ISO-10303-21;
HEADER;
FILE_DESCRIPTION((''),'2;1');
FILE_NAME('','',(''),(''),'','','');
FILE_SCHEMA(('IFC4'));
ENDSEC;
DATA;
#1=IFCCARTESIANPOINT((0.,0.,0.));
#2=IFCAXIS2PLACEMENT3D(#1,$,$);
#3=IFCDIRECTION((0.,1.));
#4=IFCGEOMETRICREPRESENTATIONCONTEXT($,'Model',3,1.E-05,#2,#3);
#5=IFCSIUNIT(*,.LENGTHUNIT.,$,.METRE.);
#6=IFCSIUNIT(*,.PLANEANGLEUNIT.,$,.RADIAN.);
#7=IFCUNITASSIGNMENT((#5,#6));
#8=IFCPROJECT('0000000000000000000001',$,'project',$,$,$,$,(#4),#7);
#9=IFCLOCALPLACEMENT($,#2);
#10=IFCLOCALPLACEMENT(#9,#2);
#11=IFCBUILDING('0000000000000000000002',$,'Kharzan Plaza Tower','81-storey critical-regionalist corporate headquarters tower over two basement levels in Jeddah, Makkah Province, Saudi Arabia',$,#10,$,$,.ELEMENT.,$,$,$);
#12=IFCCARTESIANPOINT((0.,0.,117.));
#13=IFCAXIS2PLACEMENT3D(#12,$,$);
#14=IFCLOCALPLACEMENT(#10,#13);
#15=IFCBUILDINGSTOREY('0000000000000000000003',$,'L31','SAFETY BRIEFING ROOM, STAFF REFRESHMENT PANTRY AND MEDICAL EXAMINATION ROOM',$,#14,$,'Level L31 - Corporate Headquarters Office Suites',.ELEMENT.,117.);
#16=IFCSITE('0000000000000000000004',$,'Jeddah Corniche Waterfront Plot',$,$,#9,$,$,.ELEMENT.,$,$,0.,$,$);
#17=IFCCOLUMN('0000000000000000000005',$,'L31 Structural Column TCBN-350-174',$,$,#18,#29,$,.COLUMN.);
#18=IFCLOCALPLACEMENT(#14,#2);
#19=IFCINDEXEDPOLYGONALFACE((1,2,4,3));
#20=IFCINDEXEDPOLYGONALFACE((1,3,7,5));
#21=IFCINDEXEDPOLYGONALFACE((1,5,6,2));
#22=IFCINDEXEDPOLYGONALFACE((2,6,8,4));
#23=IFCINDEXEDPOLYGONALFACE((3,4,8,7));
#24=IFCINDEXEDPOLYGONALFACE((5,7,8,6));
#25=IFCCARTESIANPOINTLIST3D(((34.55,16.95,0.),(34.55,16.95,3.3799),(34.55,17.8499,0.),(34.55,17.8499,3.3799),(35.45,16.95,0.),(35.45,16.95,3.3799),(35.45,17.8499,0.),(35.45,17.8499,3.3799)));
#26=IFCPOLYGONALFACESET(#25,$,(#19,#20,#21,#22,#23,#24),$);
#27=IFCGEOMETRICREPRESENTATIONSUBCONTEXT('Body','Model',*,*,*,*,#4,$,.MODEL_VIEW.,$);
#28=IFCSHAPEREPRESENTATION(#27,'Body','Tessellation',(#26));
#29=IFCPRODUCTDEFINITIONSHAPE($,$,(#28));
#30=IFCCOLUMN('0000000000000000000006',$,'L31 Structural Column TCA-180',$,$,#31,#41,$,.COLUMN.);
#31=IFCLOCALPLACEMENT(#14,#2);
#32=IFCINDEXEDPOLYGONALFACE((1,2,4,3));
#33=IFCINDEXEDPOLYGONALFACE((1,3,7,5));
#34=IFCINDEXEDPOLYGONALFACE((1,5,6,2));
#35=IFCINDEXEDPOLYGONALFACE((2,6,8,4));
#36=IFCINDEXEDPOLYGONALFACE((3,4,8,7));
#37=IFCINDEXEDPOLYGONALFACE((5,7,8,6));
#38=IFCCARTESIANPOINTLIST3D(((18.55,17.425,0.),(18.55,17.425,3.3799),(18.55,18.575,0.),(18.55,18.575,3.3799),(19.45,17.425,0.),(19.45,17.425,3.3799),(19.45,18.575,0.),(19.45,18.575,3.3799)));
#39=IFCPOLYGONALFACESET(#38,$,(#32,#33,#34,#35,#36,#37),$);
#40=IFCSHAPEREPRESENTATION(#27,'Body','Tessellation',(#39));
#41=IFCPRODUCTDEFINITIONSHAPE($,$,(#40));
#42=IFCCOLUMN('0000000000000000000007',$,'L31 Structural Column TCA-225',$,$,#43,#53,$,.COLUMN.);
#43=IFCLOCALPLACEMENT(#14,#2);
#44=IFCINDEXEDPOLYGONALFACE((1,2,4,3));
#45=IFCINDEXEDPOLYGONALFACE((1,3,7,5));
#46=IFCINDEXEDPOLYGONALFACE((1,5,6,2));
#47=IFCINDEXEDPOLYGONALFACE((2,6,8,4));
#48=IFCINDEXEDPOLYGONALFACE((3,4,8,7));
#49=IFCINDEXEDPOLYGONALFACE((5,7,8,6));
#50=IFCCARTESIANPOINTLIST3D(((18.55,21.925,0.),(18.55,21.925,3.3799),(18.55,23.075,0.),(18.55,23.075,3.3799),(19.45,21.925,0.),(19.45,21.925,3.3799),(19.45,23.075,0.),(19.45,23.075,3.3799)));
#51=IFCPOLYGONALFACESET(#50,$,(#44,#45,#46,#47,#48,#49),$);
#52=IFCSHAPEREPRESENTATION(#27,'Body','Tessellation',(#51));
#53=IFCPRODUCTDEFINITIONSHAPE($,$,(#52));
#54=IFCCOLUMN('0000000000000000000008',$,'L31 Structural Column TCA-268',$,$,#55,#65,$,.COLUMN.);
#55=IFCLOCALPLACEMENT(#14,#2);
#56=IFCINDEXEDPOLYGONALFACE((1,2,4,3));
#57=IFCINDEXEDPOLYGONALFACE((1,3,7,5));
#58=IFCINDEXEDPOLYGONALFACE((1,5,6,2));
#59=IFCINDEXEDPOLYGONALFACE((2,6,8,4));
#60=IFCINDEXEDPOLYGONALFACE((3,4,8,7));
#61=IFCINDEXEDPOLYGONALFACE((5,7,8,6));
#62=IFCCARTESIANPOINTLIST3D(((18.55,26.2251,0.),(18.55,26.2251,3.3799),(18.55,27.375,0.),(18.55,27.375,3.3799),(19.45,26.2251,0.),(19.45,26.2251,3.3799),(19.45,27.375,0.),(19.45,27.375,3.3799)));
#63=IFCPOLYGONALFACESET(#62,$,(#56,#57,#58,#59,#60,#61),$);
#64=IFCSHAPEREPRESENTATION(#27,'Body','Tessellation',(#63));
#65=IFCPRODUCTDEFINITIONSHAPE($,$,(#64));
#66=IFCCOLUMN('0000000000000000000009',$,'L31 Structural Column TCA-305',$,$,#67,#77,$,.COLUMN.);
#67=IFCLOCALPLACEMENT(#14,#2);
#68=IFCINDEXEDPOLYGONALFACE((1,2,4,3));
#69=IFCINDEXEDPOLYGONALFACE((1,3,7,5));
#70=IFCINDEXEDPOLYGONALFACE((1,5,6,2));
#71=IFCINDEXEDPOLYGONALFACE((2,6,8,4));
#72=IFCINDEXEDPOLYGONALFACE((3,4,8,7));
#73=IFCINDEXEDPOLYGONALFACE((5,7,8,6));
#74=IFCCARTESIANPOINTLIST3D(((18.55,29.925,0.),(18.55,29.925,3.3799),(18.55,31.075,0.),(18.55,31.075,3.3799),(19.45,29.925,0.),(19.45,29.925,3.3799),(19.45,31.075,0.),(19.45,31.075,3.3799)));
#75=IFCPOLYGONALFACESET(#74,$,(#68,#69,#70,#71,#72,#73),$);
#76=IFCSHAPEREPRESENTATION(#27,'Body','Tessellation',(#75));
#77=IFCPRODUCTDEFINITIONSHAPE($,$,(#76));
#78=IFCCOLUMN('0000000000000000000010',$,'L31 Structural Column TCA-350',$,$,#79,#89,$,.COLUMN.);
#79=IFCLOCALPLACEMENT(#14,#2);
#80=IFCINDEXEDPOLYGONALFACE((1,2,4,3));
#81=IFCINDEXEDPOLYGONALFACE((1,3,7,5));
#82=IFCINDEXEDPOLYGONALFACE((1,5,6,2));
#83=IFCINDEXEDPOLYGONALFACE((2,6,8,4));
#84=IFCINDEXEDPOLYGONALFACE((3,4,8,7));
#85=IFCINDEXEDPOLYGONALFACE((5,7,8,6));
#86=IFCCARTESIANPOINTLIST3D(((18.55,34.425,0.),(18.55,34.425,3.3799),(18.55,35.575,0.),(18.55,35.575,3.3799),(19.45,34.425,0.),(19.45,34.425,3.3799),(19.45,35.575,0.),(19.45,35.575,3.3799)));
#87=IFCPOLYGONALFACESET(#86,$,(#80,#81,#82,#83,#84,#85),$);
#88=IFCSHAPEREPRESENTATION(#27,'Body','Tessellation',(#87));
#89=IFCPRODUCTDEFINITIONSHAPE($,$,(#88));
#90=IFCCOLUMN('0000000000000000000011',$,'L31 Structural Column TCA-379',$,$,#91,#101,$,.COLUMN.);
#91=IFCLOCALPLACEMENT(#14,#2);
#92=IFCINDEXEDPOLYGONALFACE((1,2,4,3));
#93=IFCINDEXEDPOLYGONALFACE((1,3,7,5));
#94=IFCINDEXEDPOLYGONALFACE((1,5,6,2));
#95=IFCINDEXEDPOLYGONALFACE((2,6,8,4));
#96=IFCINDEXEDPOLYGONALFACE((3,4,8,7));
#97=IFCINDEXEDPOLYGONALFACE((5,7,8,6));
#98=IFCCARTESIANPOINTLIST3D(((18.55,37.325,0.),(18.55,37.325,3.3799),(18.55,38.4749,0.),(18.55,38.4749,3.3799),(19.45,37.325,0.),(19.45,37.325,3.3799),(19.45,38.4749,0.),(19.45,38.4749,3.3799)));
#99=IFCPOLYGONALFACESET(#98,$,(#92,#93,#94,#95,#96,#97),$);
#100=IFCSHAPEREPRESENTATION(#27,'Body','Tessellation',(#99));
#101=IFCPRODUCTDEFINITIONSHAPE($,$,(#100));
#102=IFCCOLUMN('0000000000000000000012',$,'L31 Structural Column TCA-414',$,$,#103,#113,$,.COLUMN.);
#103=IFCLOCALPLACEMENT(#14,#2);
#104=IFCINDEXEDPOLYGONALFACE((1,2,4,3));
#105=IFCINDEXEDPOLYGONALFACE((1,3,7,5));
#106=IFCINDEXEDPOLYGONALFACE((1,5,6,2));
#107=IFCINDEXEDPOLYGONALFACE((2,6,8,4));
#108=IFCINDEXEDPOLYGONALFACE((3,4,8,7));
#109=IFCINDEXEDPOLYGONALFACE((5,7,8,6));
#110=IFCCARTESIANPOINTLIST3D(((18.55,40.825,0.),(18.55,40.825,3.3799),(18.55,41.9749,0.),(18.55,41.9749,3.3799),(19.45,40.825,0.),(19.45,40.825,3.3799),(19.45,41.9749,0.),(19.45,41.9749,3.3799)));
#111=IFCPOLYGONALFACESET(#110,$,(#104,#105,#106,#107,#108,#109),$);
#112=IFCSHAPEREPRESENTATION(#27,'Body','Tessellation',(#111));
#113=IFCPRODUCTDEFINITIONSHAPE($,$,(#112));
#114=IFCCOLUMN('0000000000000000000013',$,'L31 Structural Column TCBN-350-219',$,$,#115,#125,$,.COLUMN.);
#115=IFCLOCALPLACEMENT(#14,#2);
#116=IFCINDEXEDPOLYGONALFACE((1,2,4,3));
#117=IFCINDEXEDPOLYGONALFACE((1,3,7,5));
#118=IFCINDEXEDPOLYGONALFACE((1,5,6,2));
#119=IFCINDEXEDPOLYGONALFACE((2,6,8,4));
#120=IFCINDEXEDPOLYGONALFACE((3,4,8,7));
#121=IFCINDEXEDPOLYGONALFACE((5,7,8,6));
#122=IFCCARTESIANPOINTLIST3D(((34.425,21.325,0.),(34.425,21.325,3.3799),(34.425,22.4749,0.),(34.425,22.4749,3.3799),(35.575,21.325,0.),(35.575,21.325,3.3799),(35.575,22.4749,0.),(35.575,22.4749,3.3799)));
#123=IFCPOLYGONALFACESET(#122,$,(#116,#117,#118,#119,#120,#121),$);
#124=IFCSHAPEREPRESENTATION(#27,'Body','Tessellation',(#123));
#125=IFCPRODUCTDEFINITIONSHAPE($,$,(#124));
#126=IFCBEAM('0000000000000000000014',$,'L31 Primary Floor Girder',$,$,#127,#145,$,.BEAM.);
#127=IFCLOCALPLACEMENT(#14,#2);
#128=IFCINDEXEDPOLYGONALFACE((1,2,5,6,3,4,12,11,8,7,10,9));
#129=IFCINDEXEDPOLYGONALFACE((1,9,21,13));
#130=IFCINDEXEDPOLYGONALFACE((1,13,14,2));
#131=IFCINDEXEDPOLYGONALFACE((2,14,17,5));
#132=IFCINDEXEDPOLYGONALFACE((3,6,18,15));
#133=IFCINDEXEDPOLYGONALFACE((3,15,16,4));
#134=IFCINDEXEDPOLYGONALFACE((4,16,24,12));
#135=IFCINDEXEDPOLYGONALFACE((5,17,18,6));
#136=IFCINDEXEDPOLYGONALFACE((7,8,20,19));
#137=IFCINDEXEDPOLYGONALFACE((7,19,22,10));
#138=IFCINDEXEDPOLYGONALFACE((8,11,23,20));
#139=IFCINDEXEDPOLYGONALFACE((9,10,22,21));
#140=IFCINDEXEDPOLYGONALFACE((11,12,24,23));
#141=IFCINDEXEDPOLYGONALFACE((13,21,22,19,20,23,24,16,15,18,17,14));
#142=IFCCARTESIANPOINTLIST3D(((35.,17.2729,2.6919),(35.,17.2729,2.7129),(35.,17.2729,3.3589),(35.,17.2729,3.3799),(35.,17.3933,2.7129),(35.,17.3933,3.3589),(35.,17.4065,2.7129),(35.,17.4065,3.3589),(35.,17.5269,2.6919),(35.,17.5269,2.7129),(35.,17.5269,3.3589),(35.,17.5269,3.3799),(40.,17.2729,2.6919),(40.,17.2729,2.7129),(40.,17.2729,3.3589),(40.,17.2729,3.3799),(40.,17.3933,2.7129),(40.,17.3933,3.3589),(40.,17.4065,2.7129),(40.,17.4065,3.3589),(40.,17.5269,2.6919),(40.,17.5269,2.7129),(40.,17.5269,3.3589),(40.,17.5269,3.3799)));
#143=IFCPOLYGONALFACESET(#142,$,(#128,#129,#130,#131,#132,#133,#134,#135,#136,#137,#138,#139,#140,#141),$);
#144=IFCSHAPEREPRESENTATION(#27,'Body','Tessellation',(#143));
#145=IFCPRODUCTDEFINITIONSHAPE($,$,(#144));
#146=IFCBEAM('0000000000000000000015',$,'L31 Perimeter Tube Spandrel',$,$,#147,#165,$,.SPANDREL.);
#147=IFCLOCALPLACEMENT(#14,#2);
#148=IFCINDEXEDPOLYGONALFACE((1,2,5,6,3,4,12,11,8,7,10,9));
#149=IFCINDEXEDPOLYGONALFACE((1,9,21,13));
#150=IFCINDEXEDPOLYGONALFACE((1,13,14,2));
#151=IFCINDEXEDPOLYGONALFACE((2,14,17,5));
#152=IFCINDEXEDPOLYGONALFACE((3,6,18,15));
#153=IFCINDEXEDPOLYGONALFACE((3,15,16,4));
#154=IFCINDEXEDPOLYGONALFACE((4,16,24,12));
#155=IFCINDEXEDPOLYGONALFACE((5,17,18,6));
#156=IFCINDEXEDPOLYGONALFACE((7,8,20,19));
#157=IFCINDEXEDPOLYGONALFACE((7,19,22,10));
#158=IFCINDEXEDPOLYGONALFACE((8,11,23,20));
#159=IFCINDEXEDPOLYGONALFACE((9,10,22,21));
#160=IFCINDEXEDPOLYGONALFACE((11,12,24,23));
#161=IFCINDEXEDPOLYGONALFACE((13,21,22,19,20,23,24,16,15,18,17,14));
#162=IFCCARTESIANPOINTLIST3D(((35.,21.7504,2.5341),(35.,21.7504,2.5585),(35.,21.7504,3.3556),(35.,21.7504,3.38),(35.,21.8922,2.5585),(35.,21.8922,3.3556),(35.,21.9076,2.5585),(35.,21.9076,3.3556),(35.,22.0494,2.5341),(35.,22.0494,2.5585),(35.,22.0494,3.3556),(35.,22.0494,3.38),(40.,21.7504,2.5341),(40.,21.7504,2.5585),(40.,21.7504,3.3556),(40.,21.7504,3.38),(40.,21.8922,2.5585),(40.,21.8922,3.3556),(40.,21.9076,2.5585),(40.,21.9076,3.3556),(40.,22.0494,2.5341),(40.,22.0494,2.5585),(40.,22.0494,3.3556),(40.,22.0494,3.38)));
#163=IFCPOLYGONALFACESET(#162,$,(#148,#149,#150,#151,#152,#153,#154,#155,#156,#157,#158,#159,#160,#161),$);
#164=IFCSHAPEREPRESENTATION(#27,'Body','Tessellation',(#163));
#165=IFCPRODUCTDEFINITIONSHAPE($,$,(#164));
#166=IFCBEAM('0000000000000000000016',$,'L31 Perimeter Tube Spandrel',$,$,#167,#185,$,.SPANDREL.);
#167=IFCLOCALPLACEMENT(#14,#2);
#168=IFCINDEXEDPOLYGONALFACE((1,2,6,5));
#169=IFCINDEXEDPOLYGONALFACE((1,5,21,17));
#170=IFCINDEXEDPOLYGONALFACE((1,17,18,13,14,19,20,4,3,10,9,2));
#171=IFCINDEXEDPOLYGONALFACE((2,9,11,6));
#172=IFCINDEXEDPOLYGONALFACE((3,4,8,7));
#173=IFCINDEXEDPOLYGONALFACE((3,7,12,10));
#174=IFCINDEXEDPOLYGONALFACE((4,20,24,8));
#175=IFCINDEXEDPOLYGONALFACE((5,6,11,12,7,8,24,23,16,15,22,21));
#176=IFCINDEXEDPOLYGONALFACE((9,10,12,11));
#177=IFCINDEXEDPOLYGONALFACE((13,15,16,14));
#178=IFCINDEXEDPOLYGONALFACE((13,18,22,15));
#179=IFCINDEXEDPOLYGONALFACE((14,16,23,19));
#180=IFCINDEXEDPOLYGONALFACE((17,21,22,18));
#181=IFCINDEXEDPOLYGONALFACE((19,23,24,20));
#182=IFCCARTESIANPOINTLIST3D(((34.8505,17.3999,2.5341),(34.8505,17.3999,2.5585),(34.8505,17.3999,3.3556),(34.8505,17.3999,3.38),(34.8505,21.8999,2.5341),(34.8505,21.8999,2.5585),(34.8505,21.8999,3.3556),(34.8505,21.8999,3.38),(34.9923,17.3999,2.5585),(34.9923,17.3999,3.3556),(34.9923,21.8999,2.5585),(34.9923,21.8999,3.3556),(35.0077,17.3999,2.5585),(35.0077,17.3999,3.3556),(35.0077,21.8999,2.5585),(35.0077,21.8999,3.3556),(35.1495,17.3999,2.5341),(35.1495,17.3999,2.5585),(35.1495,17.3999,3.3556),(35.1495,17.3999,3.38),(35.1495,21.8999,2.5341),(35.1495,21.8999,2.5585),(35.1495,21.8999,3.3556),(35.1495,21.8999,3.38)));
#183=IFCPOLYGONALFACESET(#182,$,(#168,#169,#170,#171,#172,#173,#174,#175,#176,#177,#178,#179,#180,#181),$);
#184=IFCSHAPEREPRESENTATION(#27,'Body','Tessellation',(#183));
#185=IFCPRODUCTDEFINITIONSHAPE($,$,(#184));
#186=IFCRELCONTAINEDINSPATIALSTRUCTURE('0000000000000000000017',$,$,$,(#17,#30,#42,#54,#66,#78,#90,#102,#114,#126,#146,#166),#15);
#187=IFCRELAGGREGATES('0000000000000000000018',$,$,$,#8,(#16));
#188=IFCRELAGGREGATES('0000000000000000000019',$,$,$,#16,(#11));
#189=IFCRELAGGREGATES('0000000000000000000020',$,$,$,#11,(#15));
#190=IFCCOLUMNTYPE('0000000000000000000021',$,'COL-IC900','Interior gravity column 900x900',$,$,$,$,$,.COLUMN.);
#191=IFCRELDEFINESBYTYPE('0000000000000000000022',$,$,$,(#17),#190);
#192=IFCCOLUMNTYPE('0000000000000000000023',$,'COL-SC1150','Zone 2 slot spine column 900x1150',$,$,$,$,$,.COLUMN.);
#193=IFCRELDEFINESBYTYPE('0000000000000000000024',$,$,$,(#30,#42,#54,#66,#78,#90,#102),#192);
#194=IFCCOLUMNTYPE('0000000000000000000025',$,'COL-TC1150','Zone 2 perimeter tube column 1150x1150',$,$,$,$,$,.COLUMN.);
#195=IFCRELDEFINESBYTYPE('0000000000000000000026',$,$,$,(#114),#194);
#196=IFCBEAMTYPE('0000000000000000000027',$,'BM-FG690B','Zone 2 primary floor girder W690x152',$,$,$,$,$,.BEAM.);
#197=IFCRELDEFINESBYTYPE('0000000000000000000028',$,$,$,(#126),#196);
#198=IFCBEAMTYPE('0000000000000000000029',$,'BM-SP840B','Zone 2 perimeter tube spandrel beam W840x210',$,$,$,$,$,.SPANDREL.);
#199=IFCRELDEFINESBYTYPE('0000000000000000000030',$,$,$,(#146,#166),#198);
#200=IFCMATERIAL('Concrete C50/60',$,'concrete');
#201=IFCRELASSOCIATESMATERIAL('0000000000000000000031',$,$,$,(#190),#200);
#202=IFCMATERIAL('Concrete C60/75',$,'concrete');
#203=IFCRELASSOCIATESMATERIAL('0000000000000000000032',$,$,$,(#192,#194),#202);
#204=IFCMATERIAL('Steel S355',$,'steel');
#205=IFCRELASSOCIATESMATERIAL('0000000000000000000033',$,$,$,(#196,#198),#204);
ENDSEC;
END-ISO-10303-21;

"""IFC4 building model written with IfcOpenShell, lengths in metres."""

from ifc_helpers import new_model, si_unit, direction, frame, origin, origin_2d, place, context, subcontext, project, spatial, rectangle, i_section, extrude, source, transform, mapped, material, material_profile, profile_set, type_object, element, save


model = new_model("IFC4")

# Units and contexts
model_context = context("Model", 3, precision=1e-05, world=origin(), true_north=direction((0.0, 1.0)))
body_context = subcontext(model_context, "Body", "Model", "MODEL_VIEW")
ifc_project = project(units=[si_unit("LENGTHUNIT", "METRE"), si_unit("PLANEANGLEUNIT", "RADIAN")], contexts=[model_context])

# Site, building, storey
site_placement = place(None, origin())
site = spatial("IfcSite", under=ifc_project, at=site_placement, Name="Jeddah Corniche Waterfront Plot", CompositionType="ELEMENT", RefElevation=0.0)
building_placement = place(site_placement, origin())
building = spatial("IfcBuilding", under=site, at=building_placement, Name="Kharzan Plaza Tower", Description="81-storey critical-regionalist corporate headquarters tower over two basement levels in Jeddah, Makkah Province, Saudi Arabia", CompositionType="ELEMENT")
storey_placement = place(building_placement, frame((0.0, 0.0, 117.0)))
storey = spatial("IfcBuildingStorey", under=building, at=storey_placement, Name="L31", Description="SAFETY BRIEFING ROOM, STAFF REFRESHMENT PANTRY AND MEDICAL EXAMINATION ROOM", LongName="Level L31 - Corporate Headquarters Office Suites", CompositionType="ELEMENT", Elevation=117.0)

# Columns
ifc_material_1 = material(Name="Concrete C50/60", Category="concrete")
ifc_material_profile_1 = material_profile(ifc_material_1, rectangle(XDim=0.8999, YDim=0.8999, at=origin_2d()), Name="RC-IC900x900")
ifc_profile_set_1 = profile_set([ifc_material_profile_1], Name="Concrete C50/60")
column_type_1 = type_object("IfcColumnType", Name="COL-IC900", Description="Interior gravity column 900x900", PredefinedType="COLUMN", material=ifc_profile_set_1)
shared_shape_1 = source(origin(), body_context, "Body", "SweptSolid", [
    extrude(rectangle(XDim=0.8999, YDim=0.8999, at=origin_2d()), origin(), (0.0, 0.0, 1.0), 3.3799),
])
column_1_placement = place(storey_placement, frame((35.0, 17.3999, 0.0), z_axis=(0.0, 0.0, 1.0), x_axis=(1.0, 0.0, 0.0)))
element("IfcColumn", 1, at=column_1_placement, inside=storey, type_object=column_type_1, Name="L31 Structural Column TCBN-350-174", PredefinedType="COLUMN", context=body_context, shape_type="MappedRepresentation", body=[
    mapped(shared_shape_1, transform((0.0, 0.0, 0.0), x_axis=(1.0, 0.0, 0.0), y_axis=(0.0, 1.0, 0.0), z_axis=(0.0, 0.0, 1.0))),
])
ifc_material_2 = material(Name="Concrete C60/75", Category="concrete")
ifc_material_profile_2 = material_profile(ifc_material_2, rectangle(XDim=0.8999, YDim=1.1499, at=origin_2d()), Name="RC-SC1150x900")
ifc_profile_set_2 = profile_set([ifc_material_profile_2], Name="Concrete C60/75")
column_type_2 = type_object("IfcColumnType", Name="COL-SC1150", Description="Zone 2 slot spine column 900x1150", PredefinedType="COLUMN", material=ifc_profile_set_2)
shared_shape_2 = source(origin(), body_context, "Body", "SweptSolid", [
    extrude(rectangle(XDim=0.8999, YDim=1.1499, at=origin_2d()), origin(), (0.0, 0.0, 1.0), 3.3799),
])
for number, where, z_axis, x_axis, name in (
    (2, (19.0, 18.0, 0.0), (0.0, 0.0, 1.0), (1.0, 0.0, 0.0), "L31 Structural Column TCA-180"),
    (3, (19.0, 22.5, 0.0), (0.0, 0.0, 1.0), (1.0, 0.0, 0.0), "L31 Structural Column TCA-225"),
    (4, (19.0, 26.8, 0.0), (0.0, 0.0, 1.0), (1.0, 0.0, 0.0), "L31 Structural Column TCA-268"),
    (5, (19.0, 30.5, 0.0), (0.0, 0.0, 1.0), (1.0, 0.0, 0.0), "L31 Structural Column TCA-305"),
    (6, (19.0, 35.0, 0.0), (0.0, 0.0, 1.0), (1.0, 0.0, 0.0), "L31 Structural Column TCA-350"),
    (7, (19.0, 37.8999, 0.0), (0.0, 0.0, 1.0), (1.0, 0.0, 0.0), "L31 Structural Column TCA-379"),
    (8, (19.0, 41.3999, 0.0), (0.0, 0.0, 1.0), (1.0, 0.0, 0.0), "L31 Structural Column TCA-414"),
):
    element("IfcColumn", number, at=place(storey_placement, frame(where, z_axis=z_axis, x_axis=x_axis)), inside=storey, type_object=column_type_2, Name=name, PredefinedType="COLUMN", context=body_context, shape_type="MappedRepresentation", body=[
        mapped(shared_shape_2, transform((0.0, 0.0, 0.0), x_axis=(1.0, 0.0, 0.0), y_axis=(0.0, 1.0, 0.0), z_axis=(0.0, 0.0, 1.0))),
    ])
ifc_material_profile_3 = material_profile(ifc_material_2, rectangle(XDim=1.1499, YDim=1.1499, at=origin_2d()), Name="RC-TC1150x1150")
ifc_profile_set_3 = profile_set([ifc_material_profile_3], Name="Concrete C60/75")
column_type_3 = type_object("IfcColumnType", Name="COL-TC1150", Description="Zone 2 perimeter tube column 1150x1150", PredefinedType="COLUMN", material=ifc_profile_set_3)
shared_shape_3 = source(origin(), body_context, "Body", "SweptSolid", [
    extrude(rectangle(XDim=1.1499, YDim=1.1499, at=origin_2d()), origin(), (0.0, 0.0, 1.0), 3.3799),
])
column_2_placement = place(storey_placement, frame((35.0, 21.8999, 0.0), z_axis=(0.0, 0.0, 1.0), x_axis=(1.0, 0.0, 0.0)))
element("IfcColumn", 9, at=column_2_placement, inside=storey, type_object=column_type_3, Name="L31 Structural Column TCBN-350-219", PredefinedType="COLUMN", context=body_context, shape_type="MappedRepresentation", body=[
    mapped(shared_shape_3, transform((0.0, 0.0, 0.0), x_axis=(1.0, 0.0, 0.0), y_axis=(0.0, 1.0, 0.0), z_axis=(0.0, 0.0, 1.0))),
])

# Beams
ifc_material_3 = material(Name="Steel S355", Category="steel")
ifc_material_profile_4 = material_profile(ifc_material_3, i_section(OverallWidth=0.2539, OverallDepth=0.688, WebThickness=0.0132, FlangeThickness=0.021, at=origin_2d()), Name="W690x152")
ifc_profile_set_4 = profile_set([ifc_material_profile_4], Name="Steel S355")
beam_type_1 = type_object("IfcBeamType", Name="BM-FG690B", Description="Zone 2 primary floor girder W690x152", PredefinedType="BEAM", material=ifc_profile_set_4)
shared_shape_4 = source(origin(), body_context, "Body", "SweptSolid", [
    extrude(i_section(OverallWidth=0.2539, OverallDepth=0.688, WebThickness=0.0132, FlangeThickness=0.021, at=origin_2d()), origin(), (0.0, 0.0, 1.0), 5.0),
])
beam_1_placement = place(storey_placement, frame((35.0, 17.3999, 3.0359), z_axis=(1.0, 0.0, 0.0), x_axis=(0.0, 1.0, 0.0)))
element("IfcBeam", 10, at=beam_1_placement, inside=storey, type_object=beam_type_1, Name="L31 Primary Floor Girder", PredefinedType="BEAM", context=body_context, shape_type="MappedRepresentation", body=[
    mapped(shared_shape_4, transform((0.0, 0.0, 0.0), x_axis=(1.0, 0.0, 0.0), y_axis=(0.0, 1.0, 0.0), z_axis=(0.0, 0.0, 1.0))),
])
ifc_material_profile_5 = material_profile(ifc_material_3, i_section(OverallWidth=0.2991, OverallDepth=0.8459, WebThickness=0.0154, FlangeThickness=0.0244, at=origin_2d()), Name="W840x210")
ifc_profile_set_5 = profile_set([ifc_material_profile_5], Name="Steel S355")
beam_type_2 = type_object("IfcBeamType", Name="BM-SP840B", Description="Zone 2 perimeter tube spandrel beam W840x210", PredefinedType="SPANDREL", material=ifc_profile_set_5)
shared_shape_5 = source(origin(), body_context, "Body", "SweptSolid", [
    extrude(i_section(OverallWidth=0.2991, OverallDepth=0.8459, WebThickness=0.0154, FlangeThickness=0.0244, at=origin_2d()), origin(), (0.0, 0.0, 1.0), 5.0),
])
beam_2_placement = place(storey_placement, frame((35.0, 21.8999, 2.957), z_axis=(1.0, 0.0, 0.0), x_axis=(0.0, 1.0, 0.0)))
element("IfcBeam", 11, at=beam_2_placement, inside=storey, type_object=beam_type_2, Name="L31 Perimeter Tube Spandrel", PredefinedType="SPANDREL", context=body_context, shape_type="MappedRepresentation", body=[
    mapped(shared_shape_5, transform((0.0, 0.0, 0.0), x_axis=(1.0, 0.0, 0.0), y_axis=(0.0, 1.0, 0.0), z_axis=(0.0, 0.0, 1.0))),
])
shared_shape_6 = source(origin(), body_context, "Body", "SweptSolid", [
    extrude(i_section(OverallWidth=0.2991, OverallDepth=0.8459, WebThickness=0.0154, FlangeThickness=0.0244, at=origin_2d()), origin(), (0.0, 0.0, 1.0), 4.5),
])
beam_3_placement = place(storey_placement, frame((35.0, 17.3999, 2.957), z_axis=(0.0, 1.0, 0.0), x_axis=(-1.0, 0.0, 0.0)))
element("IfcBeam", 12, at=beam_3_placement, inside=storey, type_object=beam_type_2, Name="L31 Perimeter Tube Spandrel", PredefinedType="SPANDREL", context=body_context, shape_type="MappedRepresentation", body=[
    mapped(shared_shape_6, transform((0.0, 0.0, 0.0), x_axis=(1.0, 0.0, 0.0), y_axis=(0.0, 1.0, 0.0), z_axis=(0.0, 0.0, 1.0))),
])

save(model, "model.ifc")
